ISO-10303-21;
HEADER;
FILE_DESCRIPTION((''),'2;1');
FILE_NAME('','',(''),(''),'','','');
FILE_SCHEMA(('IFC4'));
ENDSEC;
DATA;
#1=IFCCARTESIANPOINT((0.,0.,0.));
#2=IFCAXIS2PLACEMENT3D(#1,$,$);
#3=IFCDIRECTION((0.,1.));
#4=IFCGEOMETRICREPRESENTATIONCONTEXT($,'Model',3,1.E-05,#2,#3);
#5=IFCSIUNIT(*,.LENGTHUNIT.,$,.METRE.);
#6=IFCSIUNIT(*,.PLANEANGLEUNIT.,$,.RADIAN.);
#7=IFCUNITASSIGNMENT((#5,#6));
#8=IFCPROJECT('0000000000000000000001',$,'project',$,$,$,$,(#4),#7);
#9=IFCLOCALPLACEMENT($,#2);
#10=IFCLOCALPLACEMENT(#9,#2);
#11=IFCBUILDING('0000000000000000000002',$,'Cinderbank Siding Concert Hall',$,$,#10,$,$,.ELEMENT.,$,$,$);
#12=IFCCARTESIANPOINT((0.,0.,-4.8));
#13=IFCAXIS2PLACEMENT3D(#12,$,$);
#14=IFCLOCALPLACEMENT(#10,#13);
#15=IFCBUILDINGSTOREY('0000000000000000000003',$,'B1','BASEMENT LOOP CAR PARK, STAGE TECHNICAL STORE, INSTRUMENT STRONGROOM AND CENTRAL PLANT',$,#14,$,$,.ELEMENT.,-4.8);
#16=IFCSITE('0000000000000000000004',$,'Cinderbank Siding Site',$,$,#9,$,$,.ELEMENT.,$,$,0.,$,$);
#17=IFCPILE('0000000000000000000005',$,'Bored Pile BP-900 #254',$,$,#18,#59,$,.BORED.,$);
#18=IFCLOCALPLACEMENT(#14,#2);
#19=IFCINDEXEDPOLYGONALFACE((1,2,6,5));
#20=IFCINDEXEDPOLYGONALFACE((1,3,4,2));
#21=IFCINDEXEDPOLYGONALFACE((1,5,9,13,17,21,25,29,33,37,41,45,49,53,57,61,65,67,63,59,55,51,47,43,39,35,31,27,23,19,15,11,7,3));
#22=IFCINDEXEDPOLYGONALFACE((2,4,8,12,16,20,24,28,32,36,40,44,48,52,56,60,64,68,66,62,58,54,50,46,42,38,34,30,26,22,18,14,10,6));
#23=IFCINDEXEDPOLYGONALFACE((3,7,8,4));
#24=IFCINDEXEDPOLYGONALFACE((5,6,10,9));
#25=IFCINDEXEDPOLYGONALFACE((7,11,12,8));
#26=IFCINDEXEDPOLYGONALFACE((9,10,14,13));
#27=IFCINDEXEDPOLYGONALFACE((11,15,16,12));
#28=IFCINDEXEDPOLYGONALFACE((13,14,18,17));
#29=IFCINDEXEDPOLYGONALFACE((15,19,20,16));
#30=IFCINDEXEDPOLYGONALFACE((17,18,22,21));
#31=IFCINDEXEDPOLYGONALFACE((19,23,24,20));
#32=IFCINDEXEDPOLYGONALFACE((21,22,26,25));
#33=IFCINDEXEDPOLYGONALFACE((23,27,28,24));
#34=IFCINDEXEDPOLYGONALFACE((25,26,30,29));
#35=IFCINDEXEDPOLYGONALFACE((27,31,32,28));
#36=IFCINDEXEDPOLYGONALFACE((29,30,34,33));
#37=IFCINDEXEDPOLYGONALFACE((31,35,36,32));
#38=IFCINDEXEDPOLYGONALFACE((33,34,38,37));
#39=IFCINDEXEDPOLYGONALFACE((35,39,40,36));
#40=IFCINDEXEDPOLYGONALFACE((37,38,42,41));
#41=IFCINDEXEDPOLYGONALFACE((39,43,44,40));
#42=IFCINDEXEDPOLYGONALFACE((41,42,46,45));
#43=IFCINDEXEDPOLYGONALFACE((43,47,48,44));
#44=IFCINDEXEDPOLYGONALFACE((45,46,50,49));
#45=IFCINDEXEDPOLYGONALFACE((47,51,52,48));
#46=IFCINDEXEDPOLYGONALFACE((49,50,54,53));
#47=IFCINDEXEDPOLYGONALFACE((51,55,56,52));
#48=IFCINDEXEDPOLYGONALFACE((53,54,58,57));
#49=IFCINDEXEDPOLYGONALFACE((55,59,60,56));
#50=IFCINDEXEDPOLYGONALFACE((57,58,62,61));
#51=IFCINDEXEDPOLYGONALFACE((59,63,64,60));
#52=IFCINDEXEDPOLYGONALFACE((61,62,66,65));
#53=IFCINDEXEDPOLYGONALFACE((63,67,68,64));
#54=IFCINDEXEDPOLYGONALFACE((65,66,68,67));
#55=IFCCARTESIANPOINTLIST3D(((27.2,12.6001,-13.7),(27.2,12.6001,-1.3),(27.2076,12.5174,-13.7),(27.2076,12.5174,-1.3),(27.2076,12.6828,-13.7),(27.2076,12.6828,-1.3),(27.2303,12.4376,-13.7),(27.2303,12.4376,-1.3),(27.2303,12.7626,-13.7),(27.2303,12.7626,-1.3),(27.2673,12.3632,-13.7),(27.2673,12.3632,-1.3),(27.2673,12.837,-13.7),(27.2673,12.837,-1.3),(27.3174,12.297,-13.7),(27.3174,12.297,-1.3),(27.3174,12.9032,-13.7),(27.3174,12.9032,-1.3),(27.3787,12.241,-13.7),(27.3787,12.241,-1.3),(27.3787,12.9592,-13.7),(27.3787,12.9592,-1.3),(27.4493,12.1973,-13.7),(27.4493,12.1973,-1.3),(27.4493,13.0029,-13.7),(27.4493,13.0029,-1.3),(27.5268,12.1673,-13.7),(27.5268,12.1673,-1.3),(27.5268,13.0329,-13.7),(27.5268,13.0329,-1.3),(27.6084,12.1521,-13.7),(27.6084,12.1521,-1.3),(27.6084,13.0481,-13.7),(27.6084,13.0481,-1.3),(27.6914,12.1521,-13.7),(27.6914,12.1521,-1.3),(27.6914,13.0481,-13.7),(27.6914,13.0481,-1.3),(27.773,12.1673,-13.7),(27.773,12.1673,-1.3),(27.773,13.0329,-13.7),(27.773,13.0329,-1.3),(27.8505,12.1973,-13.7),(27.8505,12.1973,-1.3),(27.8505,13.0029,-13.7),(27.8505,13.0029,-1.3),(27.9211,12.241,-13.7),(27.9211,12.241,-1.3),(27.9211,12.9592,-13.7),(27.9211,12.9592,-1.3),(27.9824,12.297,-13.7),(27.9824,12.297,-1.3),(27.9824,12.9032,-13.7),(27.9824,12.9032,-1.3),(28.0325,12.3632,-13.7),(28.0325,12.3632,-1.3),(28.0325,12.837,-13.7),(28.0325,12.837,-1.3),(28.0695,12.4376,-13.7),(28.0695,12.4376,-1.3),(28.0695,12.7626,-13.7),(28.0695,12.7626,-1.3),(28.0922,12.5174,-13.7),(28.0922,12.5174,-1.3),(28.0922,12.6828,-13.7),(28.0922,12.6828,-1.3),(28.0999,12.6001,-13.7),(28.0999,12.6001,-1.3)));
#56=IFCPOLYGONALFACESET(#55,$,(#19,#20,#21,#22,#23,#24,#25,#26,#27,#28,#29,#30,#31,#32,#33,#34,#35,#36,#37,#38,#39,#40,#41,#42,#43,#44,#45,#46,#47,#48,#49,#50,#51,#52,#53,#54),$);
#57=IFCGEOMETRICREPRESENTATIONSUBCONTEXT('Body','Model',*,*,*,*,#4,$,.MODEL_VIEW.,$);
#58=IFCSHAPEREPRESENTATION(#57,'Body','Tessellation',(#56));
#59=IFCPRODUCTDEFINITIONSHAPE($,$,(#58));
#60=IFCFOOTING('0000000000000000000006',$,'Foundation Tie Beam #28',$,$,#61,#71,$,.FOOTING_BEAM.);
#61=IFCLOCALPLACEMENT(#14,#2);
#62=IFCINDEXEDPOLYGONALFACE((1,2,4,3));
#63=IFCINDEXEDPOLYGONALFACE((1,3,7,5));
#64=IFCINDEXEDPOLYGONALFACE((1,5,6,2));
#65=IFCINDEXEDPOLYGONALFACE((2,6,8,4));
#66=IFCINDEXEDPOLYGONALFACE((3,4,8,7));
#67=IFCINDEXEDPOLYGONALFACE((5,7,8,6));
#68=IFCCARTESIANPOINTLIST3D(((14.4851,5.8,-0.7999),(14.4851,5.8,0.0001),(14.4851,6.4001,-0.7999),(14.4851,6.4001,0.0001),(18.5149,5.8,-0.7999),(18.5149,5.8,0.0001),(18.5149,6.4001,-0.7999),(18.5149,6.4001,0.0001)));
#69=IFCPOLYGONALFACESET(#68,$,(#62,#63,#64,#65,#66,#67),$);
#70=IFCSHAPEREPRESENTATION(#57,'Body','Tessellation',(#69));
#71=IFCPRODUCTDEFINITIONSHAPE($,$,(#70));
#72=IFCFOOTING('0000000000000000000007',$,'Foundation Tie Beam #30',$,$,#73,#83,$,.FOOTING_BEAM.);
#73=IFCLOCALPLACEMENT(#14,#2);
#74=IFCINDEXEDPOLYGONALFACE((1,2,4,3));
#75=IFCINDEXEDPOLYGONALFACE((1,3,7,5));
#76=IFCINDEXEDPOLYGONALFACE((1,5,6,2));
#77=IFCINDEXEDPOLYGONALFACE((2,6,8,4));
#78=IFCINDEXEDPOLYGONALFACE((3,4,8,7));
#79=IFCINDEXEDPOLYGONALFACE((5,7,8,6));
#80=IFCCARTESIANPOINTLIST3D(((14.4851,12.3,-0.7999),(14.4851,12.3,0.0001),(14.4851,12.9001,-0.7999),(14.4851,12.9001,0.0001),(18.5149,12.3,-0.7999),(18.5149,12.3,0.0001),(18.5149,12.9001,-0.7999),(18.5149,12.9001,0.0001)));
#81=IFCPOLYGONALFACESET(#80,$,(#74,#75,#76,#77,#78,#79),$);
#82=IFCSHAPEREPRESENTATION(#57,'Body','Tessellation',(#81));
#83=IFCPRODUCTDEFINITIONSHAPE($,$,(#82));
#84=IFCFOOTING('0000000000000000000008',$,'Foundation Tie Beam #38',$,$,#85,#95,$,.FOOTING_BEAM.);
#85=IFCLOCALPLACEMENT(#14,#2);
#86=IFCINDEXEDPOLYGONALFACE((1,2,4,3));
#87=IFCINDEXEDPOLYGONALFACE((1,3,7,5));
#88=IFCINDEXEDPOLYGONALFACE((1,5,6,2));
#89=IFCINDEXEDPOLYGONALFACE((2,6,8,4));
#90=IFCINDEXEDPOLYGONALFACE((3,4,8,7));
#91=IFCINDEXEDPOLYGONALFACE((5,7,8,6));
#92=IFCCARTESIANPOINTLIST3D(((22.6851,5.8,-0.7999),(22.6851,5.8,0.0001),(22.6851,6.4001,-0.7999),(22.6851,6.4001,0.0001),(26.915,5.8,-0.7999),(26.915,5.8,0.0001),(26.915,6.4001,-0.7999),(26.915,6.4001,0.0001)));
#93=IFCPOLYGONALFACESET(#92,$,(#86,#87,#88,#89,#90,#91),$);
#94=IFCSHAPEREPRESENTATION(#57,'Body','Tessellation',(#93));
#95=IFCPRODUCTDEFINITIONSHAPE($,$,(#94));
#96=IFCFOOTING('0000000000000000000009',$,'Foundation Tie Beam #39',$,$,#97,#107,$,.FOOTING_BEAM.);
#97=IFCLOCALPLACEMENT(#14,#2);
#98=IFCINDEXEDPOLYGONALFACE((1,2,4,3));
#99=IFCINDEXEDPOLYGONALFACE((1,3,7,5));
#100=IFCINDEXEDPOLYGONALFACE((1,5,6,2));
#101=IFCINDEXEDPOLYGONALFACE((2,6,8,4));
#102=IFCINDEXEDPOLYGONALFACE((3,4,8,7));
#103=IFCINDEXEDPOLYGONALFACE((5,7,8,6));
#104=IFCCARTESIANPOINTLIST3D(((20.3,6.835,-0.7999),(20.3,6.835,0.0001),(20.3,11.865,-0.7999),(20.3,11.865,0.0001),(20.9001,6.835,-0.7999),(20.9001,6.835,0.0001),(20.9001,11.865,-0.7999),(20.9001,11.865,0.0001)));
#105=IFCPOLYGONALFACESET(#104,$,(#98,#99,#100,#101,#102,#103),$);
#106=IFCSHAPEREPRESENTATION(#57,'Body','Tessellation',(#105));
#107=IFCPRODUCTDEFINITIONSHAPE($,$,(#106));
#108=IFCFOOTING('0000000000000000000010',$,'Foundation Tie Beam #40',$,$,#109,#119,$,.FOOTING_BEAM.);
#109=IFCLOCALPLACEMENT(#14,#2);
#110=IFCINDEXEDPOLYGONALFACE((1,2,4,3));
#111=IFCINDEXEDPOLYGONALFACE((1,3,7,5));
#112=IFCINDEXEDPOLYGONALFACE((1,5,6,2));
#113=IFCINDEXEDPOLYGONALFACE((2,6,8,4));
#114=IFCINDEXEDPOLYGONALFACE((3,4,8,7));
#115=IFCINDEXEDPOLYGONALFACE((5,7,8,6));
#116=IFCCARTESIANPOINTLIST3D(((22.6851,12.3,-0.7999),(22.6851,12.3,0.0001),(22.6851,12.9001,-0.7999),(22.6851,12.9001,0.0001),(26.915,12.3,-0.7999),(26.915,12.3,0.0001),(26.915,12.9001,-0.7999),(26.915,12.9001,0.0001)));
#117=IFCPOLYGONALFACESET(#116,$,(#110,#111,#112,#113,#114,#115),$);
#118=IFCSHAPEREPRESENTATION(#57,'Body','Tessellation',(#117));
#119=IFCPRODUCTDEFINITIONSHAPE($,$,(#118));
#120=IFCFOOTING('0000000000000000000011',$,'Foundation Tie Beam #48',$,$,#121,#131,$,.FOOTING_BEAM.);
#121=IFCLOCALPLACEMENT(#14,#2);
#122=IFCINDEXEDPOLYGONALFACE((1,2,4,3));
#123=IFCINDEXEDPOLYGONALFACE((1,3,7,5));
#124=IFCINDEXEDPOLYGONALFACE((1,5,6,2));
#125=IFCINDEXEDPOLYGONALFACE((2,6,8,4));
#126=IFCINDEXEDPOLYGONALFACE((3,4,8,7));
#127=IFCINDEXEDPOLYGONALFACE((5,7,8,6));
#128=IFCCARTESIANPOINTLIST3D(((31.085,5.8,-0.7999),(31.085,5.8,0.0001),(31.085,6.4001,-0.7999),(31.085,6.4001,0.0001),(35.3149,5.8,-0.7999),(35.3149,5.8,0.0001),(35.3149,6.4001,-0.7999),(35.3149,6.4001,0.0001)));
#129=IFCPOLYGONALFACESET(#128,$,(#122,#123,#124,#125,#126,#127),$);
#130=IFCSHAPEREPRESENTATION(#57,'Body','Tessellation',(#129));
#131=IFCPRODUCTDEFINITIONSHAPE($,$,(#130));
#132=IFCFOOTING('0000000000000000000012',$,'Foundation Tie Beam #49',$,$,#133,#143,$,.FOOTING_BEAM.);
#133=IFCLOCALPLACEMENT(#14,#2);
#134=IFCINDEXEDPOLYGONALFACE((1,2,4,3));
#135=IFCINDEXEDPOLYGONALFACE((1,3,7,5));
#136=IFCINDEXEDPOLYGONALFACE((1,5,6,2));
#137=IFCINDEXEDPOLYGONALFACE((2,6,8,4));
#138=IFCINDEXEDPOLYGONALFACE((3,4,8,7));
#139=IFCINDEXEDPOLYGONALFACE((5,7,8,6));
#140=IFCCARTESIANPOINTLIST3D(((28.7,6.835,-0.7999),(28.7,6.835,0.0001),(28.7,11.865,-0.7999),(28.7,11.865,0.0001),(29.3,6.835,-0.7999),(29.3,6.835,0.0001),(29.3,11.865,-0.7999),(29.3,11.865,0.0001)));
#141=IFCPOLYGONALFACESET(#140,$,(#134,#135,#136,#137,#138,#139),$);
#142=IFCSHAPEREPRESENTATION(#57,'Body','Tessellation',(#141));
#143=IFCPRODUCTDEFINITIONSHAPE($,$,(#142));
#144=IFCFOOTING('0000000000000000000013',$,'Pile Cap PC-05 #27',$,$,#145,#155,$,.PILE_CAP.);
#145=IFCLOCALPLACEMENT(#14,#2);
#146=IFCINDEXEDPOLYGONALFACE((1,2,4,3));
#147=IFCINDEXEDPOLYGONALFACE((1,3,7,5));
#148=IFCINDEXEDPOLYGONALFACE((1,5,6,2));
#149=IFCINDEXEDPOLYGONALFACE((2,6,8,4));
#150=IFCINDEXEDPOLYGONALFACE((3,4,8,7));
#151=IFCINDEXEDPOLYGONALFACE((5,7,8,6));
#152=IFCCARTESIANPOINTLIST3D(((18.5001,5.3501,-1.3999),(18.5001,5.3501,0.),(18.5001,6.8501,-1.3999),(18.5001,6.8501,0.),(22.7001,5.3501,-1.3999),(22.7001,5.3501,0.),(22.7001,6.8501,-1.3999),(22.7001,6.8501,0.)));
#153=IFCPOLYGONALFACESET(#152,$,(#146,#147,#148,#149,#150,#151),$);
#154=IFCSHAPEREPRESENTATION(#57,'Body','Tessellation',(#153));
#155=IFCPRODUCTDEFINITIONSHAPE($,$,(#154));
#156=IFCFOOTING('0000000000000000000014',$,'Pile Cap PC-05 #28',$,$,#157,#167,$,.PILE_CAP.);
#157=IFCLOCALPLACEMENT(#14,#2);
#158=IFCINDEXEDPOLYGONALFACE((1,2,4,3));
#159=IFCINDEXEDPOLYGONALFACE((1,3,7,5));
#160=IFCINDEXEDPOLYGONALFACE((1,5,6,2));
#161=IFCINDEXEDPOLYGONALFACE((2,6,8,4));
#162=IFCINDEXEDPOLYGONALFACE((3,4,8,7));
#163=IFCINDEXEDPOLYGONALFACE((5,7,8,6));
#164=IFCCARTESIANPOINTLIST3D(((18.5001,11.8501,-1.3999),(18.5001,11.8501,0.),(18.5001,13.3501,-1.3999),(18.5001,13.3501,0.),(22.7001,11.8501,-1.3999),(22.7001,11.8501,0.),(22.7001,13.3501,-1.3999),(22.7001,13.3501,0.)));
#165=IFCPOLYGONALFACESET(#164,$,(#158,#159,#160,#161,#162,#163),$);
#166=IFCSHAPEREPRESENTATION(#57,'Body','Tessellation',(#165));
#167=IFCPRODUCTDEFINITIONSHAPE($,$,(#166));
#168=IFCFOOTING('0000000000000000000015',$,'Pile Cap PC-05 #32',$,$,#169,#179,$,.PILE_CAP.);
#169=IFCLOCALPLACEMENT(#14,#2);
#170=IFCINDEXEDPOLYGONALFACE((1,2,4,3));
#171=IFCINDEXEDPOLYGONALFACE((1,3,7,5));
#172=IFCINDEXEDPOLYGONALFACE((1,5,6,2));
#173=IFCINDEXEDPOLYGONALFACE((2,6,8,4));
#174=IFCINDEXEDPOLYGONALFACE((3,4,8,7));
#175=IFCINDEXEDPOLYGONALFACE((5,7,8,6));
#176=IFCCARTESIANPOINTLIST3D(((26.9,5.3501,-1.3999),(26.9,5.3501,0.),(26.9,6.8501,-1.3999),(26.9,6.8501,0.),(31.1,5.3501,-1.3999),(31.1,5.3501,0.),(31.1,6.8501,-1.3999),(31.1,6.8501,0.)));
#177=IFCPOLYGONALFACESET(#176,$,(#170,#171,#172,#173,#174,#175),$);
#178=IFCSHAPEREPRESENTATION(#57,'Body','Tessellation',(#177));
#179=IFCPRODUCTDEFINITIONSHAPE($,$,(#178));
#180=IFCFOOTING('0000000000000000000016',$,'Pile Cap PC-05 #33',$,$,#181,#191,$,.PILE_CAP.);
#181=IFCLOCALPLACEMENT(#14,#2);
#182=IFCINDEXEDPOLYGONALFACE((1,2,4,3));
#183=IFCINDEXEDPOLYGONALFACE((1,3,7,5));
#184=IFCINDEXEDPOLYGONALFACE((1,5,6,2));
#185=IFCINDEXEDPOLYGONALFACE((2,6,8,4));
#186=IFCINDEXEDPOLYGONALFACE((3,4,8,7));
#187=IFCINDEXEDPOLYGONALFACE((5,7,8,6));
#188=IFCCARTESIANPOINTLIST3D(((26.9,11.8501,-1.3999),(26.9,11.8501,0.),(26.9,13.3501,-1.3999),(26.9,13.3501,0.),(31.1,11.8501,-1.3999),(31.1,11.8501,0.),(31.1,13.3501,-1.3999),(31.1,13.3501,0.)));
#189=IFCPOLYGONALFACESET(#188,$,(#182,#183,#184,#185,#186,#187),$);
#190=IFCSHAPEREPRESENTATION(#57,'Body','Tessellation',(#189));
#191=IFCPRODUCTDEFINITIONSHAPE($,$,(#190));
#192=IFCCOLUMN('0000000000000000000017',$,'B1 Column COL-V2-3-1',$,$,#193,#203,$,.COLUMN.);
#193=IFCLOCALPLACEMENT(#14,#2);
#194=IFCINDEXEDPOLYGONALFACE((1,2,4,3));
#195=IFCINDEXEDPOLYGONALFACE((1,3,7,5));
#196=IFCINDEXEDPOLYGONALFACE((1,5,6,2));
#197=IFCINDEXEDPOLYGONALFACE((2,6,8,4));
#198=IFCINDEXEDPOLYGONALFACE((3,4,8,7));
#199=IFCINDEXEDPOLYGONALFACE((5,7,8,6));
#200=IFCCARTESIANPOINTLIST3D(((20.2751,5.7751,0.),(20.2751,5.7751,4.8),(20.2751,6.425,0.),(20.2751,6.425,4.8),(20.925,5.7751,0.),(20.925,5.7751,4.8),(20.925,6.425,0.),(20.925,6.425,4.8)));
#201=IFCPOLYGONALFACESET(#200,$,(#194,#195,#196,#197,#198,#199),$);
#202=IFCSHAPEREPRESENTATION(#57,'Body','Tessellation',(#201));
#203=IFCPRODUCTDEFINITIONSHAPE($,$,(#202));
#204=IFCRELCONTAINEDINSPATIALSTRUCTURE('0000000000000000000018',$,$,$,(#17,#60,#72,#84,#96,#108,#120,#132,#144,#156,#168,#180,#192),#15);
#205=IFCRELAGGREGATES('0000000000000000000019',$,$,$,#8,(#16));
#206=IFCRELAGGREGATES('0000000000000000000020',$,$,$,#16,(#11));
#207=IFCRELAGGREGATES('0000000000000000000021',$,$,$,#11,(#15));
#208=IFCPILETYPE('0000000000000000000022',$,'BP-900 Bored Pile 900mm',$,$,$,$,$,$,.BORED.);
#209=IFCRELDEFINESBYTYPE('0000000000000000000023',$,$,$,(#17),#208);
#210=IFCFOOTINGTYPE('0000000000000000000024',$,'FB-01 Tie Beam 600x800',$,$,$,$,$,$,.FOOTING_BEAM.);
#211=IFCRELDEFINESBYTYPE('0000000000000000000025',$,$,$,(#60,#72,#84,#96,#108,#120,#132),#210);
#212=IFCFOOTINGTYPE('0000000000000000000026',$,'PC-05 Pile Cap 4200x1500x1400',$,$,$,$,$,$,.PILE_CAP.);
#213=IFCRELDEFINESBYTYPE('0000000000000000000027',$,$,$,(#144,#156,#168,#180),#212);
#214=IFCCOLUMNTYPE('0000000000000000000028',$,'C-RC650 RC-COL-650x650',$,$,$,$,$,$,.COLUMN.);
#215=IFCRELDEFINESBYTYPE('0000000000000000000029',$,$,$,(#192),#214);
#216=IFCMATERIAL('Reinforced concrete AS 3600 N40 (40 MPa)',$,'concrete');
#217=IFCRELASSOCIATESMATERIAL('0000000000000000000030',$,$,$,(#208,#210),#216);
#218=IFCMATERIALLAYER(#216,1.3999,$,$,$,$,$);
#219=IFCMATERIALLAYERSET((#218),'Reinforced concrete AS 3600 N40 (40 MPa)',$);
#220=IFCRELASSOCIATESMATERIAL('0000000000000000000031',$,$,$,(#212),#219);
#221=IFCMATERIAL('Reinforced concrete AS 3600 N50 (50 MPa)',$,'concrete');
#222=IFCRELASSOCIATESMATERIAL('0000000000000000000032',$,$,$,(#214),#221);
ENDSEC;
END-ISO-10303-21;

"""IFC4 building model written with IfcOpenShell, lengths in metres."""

from ifc_helpers import new_model, si_unit, direction, frame, origin, origin_2d, place, context, subcontext, project, spatial, rectangle, circle, extrude, material, layer, layer_set, material_profile, profile_set, type_object, element, save


model = new_model("IFC4")

# Units and contexts
model_context = context("Model", 3, precision=1e-05, world=origin(), true_north=direction((0.0, 1.0)))
body_context = subcontext(model_context, "Body", "Model", "MODEL_VIEW")
ifc_project = project(units=[si_unit("LENGTHUNIT", "METRE"), si_unit("PLANEANGLEUNIT", "RADIAN")], contexts=[model_context])

# Site, building, storey
site_placement = place(None, origin())
site = spatial("IfcSite", under=ifc_project, at=site_placement, Name="Cinderbank Siding Site", CompositionType="ELEMENT", RefElevation=0.0)
building_placement = place(site_placement, origin())
building = spatial("IfcBuilding", under=site, at=building_placement, Name="Cinderbank Siding Concert Hall", CompositionType="ELEMENT")
storey_placement = place(building_placement, frame((0.0, 0.0, -4.8)))
storey = spatial("IfcBuildingStorey", under=building, at=storey_placement, Name="B1", Description="BASEMENT LOOP CAR PARK, STAGE TECHNICAL STORE, INSTRUMENT STRONGROOM AND CENTRAL PLANT", CompositionType="ELEMENT", Elevation=-4.8)

# Pile
ifc_material_1 = material(Name="Reinforced concrete AS 3600 N40 (40 MPa)", Category="concrete")
ifc_material_profile_1 = material_profile(ifc_material_1, circle(Radius=0.45, at=origin_2d()), Name="PILE-900DIA", Category="LoadBearing")
ifc_profile_set_1 = profile_set([ifc_material_profile_1], Name="Reinforced concrete AS 3600 N40 (40 MPa)")
pile_type = type_object("IfcPileType", Name="BP-900 Bored Pile 900mm", PredefinedType="BORED", material=ifc_profile_set_1)
for number, where, z_axis, x_axis, name in (
    (1, (27.6499, 12.6001, -1.3), (0.0, 0.0, -1.0), (1.0, 0.0, 0.0), "Bored Pile BP-900 #254"),
):
    element("IfcPile", number, at=place(storey_placement, frame(where, z_axis=z_axis, x_axis=x_axis)), inside=storey, type_object=pile_type, Name=name, PredefinedType="BORED", context=body_context, shape_type="SweptSolid", body=[
        extrude(circle(Radius=0.45, at=origin_2d()), origin(), (0.0, 0.0, 1.0), 12.3999),
    ])

# Footings
ifc_material_profile_2 = material_profile(ifc_material_1, rectangle(XDim=0.6001, YDim=0.8, at=origin_2d()), Name="RC-FB-600x800", Category="LoadBearing")
ifc_profile_set_2 = profile_set([ifc_material_profile_2], Name="Reinforced concrete AS 3600 N40 (40 MPa)")
footing_type_1 = type_object("IfcFootingType", Name="FB-01 Tie Beam 600x800", PredefinedType="FOOTING_BEAM", material=ifc_profile_set_2)
for number, where, z_axis, x_axis, name in (
    (2, (14.4851, 6.1001, -0.3999), (1.0, 0.0, 0.0), (0.0, 1.0, 0.0), "Foundation Tie Beam #28"),
    (3, (14.4851, 12.6001, -0.3999), (1.0, 0.0, 0.0), (0.0, 1.0, 0.0), "Foundation Tie Beam #30"),
):
    element("IfcFooting", number, at=place(storey_placement, frame(where, z_axis=z_axis, x_axis=x_axis)), inside=storey, type_object=footing_type_1, Name=name, PredefinedType="FOOTING_BEAM", context=body_context, shape_type="SweptSolid", body=[
        extrude(rectangle(XDim=0.6001, YDim=0.8, at=origin_2d()), origin(), (0.0, 0.0, 1.0), 4.0298),
    ])
footing_1_placement = place(storey_placement, frame((22.6851, 6.1001, -0.3999), z_axis=(1.0, 0.0, 0.0), x_axis=(0.0, 1.0, 0.0)))
element("IfcFooting", 4, at=footing_1_placement, inside=storey, type_object=footing_type_1, Name="Foundation Tie Beam #38", PredefinedType="FOOTING_BEAM", context=body_context, shape_type="SweptSolid", body=[
    extrude(rectangle(XDim=0.6001, YDim=0.8, at=origin_2d()), origin(), (0.0, 0.0, 1.0), 4.23),
])
footing_2_placement = place(storey_placement, frame((20.6001, 6.835, -0.3999), z_axis=(0.0, 1.0, 0.0), x_axis=(-1.0, 0.0, 0.0)))
element("IfcFooting", 5, at=footing_2_placement, inside=storey, type_object=footing_type_1, Name="Foundation Tie Beam #39", PredefinedType="FOOTING_BEAM", context=body_context, shape_type="SweptSolid", body=[
    extrude(rectangle(XDim=0.6001, YDim=0.8, at=origin_2d()), origin(), (0.0, 0.0, 1.0), 5.03),
])
for number, where, z_axis, x_axis, name in (
    (6, (22.6851, 12.6001, -0.3999), (1.0, 0.0, 0.0), (0.0, 1.0, 0.0), "Foundation Tie Beam #40"),
    (7, (31.085, 6.1001, -0.3999), (1.0, 0.0, 0.0), (0.0, 1.0, 0.0), "Foundation Tie Beam #48"),
):
    element("IfcFooting", number, at=place(storey_placement, frame(where, z_axis=z_axis, x_axis=x_axis)), inside=storey, type_object=footing_type_1, Name=name, PredefinedType="FOOTING_BEAM", context=body_context, shape_type="SweptSolid", body=[
        extrude(rectangle(XDim=0.6001, YDim=0.8, at=origin_2d()), origin(), (0.0, 0.0, 1.0), 4.23),
    ])
footing_3_placement = place(storey_placement, frame((29.0, 6.835, -0.3999), z_axis=(0.0, 1.0, 0.0), x_axis=(-1.0, 0.0, 0.0)))
element("IfcFooting", 8, at=footing_3_placement, inside=storey, type_object=footing_type_1, Name="Foundation Tie Beam #49", PredefinedType="FOOTING_BEAM", context=body_context, shape_type="SweptSolid", body=[
    extrude(rectangle(XDim=0.6001, YDim=0.8, at=origin_2d()), origin(), (0.0, 0.0, 1.0), 5.03),
])
ifc_layer = layer(ifc_material_1, 1.3999)
ifc_layer_set = layer_set([ifc_layer], Name="Reinforced concrete AS 3600 N40 (40 MPa)")
footing_type_2 = type_object("IfcFootingType", Name="PC-05 Pile Cap 4200x1500x1400", PredefinedType="PILE_CAP", material=ifc_layer_set)
for number, where, z_axis, x_axis, name in (
    (9, (20.6001, 6.1001, -1.3999), (0.0, 0.0, 1.0), (1.0, 0.0, 0.0), "Pile Cap PC-05 #27"),
    (10, (20.6001, 12.6001, -1.3999), (0.0, 0.0, 1.0), (1.0, 0.0, 0.0), "Pile Cap PC-05 #28"),
    (11, (29.0, 6.1001, -1.3999), (0.0, 0.0, 1.0), (1.0, 0.0, 0.0), "Pile Cap PC-05 #32"),
    (12, (29.0, 12.6001, -1.3999), (0.0, 0.0, 1.0), (1.0, 0.0, 0.0), "Pile Cap PC-05 #33"),
):
    element("IfcFooting", number, at=place(storey_placement, frame(where, z_axis=z_axis, x_axis=x_axis)), inside=storey, type_object=footing_type_2, Name=name, PredefinedType="PILE_CAP", context=body_context, shape_type="SweptSolid", body=[
        extrude(rectangle(XDim=4.2, YDim=1.5, at=origin_2d()), origin(), (0.0, 0.0, 1.0), 1.3999),
    ])

# Column
ifc_material_2 = material(Name="Reinforced concrete AS 3600 N50 (50 MPa)", Category="concrete")
ifc_material_profile_3 = material_profile(ifc_material_2, rectangle(XDim=0.6499, YDim=0.6499, at=origin_2d()), Name="RC-COL-650x650", Category="LoadBearing")
ifc_profile_set_3 = profile_set([ifc_material_profile_3], Name="Reinforced concrete AS 3600 N50 (50 MPa)")
column_type_1 = type_object("IfcColumnType", Name="C-RC650 RC-COL-650x650", PredefinedType="COLUMN", material=ifc_profile_set_3)
for number, where, z_axis, x_axis, name in (
    (13, (20.6001, 6.1001, 0.0), (0.0, 0.0, 1.0), (1.0, 0.0, 0.0), "B1 Column COL-V2-3-1"),
):
    element("IfcColumn", number, at=place(storey_placement, frame(where, z_axis=z_axis, x_axis=x_axis)), inside=storey, type_object=column_type_1, Name=name, PredefinedType="COLUMN", context=body_context, shape_type="SweptSolid", body=[
        extrude(rectangle(XDim=0.6499, YDim=0.6499, at=origin_2d()), origin(), (0.0, 0.0, 1.0), 4.8),
    ])

save(model, "model.ifc")
